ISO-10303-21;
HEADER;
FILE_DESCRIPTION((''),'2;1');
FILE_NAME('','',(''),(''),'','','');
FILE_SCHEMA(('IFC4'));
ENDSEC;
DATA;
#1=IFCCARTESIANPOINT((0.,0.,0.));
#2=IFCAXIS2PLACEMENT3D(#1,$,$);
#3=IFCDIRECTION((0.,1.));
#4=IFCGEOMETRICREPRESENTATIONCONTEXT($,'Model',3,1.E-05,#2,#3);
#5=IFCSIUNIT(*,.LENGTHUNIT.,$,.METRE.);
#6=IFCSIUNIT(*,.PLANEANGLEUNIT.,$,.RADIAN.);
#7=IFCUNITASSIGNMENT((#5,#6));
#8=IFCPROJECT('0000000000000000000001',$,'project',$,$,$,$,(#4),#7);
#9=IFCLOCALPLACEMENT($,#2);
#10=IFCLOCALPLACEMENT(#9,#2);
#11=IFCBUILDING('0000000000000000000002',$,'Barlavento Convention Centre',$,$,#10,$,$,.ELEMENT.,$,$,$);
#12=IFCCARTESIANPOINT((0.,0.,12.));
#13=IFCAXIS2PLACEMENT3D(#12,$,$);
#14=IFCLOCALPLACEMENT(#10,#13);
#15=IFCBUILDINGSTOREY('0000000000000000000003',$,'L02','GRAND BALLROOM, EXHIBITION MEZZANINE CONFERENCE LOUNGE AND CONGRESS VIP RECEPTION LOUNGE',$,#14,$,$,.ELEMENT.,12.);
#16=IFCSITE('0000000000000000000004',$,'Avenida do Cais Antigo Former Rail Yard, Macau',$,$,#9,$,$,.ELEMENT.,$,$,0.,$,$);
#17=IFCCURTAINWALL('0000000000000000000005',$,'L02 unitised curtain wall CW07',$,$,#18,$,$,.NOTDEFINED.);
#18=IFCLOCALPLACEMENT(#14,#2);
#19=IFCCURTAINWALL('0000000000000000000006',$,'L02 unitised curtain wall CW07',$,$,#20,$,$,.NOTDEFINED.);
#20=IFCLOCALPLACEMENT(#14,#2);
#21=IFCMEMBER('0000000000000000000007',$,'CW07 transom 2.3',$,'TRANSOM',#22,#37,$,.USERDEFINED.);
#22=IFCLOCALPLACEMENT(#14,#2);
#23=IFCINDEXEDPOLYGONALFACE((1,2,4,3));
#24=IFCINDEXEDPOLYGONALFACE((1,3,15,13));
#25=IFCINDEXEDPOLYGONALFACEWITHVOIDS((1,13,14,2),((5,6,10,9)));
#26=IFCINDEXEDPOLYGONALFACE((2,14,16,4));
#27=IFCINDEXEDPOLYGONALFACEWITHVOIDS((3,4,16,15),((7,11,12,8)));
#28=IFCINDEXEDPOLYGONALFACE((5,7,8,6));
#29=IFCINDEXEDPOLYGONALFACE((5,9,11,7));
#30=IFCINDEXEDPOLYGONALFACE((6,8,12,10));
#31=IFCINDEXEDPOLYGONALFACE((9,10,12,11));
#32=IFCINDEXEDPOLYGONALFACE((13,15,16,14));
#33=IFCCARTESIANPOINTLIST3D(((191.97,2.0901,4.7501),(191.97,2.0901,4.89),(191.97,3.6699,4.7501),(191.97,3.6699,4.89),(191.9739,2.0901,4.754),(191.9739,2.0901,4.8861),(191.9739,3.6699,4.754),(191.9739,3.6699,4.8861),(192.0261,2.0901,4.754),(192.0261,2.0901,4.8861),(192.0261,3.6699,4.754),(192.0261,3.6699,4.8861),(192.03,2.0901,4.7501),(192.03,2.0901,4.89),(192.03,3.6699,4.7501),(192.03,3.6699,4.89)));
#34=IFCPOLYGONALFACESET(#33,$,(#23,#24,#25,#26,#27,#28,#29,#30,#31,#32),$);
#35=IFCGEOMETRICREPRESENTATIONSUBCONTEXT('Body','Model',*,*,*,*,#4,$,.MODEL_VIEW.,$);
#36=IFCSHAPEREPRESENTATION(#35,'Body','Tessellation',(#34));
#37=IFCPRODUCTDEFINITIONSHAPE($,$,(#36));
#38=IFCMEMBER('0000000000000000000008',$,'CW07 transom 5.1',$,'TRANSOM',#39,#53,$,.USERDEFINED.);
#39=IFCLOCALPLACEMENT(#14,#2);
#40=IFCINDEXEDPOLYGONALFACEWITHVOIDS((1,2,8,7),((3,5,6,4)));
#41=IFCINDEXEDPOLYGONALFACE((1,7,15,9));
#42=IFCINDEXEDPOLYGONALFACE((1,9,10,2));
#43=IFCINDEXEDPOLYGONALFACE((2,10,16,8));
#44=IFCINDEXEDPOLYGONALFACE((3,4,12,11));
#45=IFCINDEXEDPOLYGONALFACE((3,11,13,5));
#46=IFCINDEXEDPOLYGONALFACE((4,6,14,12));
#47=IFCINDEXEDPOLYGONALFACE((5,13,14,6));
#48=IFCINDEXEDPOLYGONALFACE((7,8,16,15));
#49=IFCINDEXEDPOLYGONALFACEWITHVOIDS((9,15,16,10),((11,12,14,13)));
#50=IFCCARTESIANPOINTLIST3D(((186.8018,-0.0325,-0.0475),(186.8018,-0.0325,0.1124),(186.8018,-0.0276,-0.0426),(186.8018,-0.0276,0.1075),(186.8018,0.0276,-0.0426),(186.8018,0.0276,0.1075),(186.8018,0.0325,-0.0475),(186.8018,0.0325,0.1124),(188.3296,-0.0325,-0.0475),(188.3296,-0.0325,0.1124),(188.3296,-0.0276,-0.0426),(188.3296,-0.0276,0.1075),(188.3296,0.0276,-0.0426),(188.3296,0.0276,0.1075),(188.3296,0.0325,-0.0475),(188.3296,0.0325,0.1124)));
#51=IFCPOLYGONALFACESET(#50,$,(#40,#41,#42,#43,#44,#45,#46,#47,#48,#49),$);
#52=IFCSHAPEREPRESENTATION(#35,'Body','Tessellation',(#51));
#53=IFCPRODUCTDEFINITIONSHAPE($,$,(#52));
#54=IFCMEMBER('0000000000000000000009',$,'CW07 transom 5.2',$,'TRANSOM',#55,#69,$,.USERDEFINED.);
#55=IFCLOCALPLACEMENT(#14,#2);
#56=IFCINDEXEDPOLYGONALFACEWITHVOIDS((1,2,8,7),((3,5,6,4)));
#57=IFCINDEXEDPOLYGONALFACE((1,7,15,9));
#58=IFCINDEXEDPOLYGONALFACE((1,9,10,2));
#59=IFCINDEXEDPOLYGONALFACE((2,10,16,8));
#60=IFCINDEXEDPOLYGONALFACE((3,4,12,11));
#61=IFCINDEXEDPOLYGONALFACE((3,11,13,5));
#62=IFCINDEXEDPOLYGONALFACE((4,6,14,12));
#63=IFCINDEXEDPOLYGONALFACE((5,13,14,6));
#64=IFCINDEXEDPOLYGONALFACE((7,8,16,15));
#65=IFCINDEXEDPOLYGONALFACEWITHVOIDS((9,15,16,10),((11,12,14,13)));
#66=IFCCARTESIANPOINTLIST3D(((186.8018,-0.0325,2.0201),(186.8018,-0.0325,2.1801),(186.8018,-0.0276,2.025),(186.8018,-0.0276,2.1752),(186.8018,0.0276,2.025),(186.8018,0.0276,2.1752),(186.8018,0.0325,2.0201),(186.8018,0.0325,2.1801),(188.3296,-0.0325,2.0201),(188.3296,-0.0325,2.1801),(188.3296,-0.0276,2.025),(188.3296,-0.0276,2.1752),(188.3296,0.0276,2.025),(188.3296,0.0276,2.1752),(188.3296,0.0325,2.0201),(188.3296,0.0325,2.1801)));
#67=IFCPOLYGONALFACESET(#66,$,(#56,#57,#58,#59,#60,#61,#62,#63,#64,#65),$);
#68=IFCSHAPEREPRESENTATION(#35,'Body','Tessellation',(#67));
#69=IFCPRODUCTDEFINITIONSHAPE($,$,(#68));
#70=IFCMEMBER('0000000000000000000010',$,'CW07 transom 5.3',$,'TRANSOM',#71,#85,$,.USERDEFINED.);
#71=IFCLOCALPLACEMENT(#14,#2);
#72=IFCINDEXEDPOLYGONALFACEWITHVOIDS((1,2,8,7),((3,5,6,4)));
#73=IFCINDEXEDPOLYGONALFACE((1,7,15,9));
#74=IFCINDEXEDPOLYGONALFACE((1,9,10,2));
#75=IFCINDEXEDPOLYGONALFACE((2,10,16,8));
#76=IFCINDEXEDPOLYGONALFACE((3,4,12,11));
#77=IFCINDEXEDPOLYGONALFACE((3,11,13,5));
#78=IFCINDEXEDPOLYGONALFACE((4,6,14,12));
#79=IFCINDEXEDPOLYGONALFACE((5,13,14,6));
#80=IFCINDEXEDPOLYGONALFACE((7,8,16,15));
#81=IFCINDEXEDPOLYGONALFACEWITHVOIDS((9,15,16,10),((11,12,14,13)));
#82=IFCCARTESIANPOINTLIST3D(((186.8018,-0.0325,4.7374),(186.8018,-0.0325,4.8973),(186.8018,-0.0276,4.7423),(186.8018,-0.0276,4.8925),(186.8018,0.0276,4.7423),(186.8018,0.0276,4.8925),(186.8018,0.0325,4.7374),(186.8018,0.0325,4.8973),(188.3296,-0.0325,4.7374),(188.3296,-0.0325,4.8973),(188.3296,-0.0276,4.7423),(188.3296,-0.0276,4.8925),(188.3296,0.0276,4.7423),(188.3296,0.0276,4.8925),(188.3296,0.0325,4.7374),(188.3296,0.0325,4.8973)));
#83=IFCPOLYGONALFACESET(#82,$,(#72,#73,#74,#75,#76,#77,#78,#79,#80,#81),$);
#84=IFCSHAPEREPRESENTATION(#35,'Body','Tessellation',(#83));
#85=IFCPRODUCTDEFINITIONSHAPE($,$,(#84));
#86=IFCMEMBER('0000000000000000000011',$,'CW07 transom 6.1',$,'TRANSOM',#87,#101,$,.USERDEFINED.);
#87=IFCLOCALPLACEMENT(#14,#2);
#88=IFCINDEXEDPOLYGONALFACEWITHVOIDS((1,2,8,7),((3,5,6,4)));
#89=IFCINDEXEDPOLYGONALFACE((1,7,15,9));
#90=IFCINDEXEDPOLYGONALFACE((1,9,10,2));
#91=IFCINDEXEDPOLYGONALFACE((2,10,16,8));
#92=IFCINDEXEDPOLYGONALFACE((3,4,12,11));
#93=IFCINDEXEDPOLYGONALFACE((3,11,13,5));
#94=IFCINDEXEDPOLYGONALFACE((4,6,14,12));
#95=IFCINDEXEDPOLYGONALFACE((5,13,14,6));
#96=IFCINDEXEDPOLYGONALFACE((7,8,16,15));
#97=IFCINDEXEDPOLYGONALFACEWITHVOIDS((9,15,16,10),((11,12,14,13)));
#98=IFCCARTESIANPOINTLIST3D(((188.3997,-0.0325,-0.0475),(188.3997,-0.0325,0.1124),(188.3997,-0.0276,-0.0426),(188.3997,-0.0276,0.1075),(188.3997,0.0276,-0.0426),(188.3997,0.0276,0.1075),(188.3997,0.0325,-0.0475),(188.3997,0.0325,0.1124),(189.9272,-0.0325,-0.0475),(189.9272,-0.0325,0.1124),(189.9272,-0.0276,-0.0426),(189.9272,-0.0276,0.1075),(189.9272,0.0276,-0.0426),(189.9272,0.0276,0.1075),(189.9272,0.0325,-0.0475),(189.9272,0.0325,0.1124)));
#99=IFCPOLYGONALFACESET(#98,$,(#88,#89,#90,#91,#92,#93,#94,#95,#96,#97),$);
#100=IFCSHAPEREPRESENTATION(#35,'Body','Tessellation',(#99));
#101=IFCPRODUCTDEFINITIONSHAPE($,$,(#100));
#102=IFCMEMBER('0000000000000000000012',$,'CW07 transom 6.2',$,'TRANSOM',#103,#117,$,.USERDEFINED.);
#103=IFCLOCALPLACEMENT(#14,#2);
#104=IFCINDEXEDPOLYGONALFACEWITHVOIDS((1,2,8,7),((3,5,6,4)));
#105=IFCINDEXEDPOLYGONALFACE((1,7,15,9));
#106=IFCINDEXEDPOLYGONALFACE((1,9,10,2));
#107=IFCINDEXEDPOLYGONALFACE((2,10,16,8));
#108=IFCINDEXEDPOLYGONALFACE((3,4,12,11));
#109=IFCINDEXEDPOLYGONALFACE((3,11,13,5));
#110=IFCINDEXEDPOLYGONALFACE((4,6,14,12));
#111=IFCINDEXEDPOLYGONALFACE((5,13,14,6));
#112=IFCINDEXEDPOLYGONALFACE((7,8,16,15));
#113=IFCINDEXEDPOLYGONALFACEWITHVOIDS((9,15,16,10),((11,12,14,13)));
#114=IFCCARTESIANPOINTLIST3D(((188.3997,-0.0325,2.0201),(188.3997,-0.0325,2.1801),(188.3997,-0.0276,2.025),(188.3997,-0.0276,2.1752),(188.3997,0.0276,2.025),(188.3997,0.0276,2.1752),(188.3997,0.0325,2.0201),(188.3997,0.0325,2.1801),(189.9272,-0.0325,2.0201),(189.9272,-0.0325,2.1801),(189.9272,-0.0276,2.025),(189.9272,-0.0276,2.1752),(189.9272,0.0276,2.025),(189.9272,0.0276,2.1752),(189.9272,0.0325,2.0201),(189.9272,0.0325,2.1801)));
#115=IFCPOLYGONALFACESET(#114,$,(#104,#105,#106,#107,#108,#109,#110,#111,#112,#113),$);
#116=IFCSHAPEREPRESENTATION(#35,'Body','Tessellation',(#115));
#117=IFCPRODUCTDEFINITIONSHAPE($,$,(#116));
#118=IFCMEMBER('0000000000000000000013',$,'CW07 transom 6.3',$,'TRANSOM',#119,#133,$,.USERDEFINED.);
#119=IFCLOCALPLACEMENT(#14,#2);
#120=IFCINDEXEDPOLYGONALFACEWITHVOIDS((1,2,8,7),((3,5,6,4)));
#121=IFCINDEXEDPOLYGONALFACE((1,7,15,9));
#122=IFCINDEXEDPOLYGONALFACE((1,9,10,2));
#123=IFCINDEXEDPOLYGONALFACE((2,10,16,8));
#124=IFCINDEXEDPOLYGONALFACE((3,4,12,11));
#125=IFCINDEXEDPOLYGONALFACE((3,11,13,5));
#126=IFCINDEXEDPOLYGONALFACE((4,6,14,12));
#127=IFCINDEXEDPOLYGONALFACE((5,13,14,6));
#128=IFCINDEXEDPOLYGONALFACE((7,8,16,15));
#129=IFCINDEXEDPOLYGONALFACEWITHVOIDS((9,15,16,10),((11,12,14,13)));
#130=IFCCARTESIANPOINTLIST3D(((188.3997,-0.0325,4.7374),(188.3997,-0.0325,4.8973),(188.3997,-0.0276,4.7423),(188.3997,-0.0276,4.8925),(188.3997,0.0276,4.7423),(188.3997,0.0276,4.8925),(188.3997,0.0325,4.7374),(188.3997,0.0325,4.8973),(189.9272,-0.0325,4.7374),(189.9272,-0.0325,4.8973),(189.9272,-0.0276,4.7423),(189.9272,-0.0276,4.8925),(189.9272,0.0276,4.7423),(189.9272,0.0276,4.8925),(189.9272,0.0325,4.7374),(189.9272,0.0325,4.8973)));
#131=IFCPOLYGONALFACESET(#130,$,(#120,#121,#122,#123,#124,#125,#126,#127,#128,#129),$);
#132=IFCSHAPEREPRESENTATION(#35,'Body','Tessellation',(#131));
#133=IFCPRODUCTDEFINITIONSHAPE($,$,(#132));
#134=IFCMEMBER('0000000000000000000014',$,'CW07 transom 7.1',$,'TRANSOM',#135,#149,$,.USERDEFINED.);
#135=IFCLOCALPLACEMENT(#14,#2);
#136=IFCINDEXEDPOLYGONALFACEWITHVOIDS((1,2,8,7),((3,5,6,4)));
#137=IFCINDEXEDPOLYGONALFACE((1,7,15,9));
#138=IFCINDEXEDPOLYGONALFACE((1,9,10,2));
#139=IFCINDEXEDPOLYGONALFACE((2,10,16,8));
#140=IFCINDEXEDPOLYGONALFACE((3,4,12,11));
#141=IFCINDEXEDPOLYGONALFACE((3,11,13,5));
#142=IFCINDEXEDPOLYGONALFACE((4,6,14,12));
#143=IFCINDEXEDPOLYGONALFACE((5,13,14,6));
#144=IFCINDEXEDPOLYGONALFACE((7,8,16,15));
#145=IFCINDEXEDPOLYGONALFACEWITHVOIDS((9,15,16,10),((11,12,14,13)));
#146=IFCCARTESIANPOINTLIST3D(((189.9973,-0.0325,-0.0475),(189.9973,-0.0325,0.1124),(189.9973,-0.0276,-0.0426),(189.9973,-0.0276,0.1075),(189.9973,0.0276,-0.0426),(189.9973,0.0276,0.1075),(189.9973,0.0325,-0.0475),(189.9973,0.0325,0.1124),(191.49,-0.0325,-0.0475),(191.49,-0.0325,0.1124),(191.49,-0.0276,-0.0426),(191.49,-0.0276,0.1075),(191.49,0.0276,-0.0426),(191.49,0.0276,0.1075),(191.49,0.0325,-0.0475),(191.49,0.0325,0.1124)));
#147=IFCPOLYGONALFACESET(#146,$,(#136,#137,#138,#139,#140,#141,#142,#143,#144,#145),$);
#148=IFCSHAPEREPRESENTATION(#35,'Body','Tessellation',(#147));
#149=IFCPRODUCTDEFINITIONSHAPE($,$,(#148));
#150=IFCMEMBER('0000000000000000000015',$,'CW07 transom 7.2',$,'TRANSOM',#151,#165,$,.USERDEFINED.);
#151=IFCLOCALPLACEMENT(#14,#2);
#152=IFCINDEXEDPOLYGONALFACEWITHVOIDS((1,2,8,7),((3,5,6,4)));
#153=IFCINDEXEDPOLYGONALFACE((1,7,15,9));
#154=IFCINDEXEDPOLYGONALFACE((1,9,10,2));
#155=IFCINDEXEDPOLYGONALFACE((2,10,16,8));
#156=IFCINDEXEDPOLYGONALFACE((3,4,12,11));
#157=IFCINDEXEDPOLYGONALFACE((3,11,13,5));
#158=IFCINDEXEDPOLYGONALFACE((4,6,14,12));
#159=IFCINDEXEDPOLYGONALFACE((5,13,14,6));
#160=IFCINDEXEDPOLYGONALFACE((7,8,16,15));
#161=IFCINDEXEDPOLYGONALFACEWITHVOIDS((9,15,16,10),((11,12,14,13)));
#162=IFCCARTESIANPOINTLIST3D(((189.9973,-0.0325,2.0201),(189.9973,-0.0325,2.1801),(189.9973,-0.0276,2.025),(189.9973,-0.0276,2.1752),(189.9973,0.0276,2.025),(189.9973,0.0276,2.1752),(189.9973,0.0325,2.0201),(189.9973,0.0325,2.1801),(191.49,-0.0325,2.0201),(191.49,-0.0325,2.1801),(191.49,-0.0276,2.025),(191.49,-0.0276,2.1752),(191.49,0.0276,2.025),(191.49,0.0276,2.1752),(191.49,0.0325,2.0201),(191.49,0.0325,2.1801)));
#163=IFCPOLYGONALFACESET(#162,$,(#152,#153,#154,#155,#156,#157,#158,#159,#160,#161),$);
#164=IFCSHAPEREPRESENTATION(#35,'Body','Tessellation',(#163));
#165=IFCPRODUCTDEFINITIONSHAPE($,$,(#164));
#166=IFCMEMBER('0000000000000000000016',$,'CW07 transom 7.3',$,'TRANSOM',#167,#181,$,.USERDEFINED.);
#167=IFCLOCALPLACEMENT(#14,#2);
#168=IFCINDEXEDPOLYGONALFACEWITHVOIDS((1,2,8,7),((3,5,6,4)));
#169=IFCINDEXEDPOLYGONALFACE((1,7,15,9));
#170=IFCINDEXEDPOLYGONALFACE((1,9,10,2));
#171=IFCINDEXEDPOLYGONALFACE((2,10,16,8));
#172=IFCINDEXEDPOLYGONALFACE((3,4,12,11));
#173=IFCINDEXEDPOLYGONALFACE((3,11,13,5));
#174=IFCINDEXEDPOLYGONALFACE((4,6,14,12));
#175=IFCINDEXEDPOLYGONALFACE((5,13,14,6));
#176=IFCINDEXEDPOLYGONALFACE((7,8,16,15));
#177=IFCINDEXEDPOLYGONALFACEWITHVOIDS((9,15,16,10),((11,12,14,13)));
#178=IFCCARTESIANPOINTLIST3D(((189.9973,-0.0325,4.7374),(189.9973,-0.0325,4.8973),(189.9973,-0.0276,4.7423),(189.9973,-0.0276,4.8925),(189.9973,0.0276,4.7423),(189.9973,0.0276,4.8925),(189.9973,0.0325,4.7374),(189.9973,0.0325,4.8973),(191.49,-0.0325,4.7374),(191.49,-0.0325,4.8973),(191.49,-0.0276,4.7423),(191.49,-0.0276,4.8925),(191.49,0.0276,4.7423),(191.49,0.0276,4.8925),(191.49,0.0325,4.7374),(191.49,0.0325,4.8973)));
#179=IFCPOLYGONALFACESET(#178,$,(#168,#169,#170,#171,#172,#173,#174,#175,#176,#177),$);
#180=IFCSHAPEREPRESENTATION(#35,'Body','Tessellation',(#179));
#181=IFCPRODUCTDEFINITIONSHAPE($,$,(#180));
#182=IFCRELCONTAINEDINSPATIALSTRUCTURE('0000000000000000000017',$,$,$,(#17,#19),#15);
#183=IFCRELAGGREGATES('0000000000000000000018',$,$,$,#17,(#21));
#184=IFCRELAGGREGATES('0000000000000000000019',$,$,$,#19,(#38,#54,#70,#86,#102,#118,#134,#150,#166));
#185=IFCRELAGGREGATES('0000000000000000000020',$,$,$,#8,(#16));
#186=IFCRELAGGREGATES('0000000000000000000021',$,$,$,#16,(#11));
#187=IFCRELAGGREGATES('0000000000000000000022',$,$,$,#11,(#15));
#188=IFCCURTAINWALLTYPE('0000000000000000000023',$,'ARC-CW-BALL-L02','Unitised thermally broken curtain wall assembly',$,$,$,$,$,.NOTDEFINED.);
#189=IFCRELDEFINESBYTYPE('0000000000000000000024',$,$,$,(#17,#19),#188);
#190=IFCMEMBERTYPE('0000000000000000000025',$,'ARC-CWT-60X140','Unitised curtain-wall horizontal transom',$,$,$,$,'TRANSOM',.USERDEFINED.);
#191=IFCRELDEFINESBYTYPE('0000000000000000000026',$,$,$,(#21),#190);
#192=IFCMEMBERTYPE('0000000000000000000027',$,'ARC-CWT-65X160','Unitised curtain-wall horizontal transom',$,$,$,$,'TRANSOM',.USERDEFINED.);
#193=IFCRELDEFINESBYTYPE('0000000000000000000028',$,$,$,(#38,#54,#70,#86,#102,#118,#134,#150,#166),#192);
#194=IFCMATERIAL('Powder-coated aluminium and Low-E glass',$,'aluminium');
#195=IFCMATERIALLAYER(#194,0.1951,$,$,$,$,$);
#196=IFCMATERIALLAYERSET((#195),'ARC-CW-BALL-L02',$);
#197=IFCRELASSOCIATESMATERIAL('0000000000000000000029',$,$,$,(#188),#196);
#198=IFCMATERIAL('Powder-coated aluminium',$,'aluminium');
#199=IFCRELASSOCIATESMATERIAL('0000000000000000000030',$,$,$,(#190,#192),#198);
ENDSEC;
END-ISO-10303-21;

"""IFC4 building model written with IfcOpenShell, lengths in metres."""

from ifc_helpers import new_model, si_unit, direction, frame, origin, origin_2d, place, context, subcontext, project, spatial, hollow_rectangle, extrude, material, layer, layer_set, material_profile, profile_set, type_object, element, aggregate, save


model = new_model("IFC4")

# Units and contexts
model_context = context("Model", 3, precision=1e-05, world=origin(), true_north=direction((0.0, 1.0)))
body_context = subcontext(model_context, "Body", "Model", "MODEL_VIEW")
ifc_project = project(units=[si_unit("LENGTHUNIT", "METRE"), si_unit("PLANEANGLEUNIT", "RADIAN")], contexts=[model_context])

# Site, building, storey
site_placement = place(None, origin())
site = spatial("IfcSite", under=ifc_project, at=site_placement, Name="Avenida do Cais Antigo Former Rail Yard, Macau", CompositionType="ELEMENT", RefElevation=0.0)
building_placement = place(site_placement, origin())
building = spatial("IfcBuilding", under=site, at=building_placement, Name="Barlavento Convention Centre", CompositionType="ELEMENT")
storey_placement = place(building_placement, frame((0.0, 0.0, 12.0)))
storey = spatial("IfcBuildingStorey", under=building, at=storey_placement, Name="L02", Description="GRAND BALLROOM, EXHIBITION MEZZANINE CONFERENCE LOUNGE AND CONGRESS VIP RECEPTION LOUNGE", CompositionType="ELEMENT", Elevation=12.0)

# Curtain walls
ifc_material_1 = material(Name="Powder-coated aluminium and Low-E glass", Category="aluminium")
ifc_layer_1 = layer(ifc_material_1, 0.1951)
ifc_layer_set_1 = layer_set([ifc_layer_1], Name="ARC-CW-BALL-L02")
curtain_wall_type = type_object("IfcCurtainWallType", Name="ARC-CW-BALL-L02", Description="Unitised thermally broken curtain wall assembly", PredefinedType="NOTDEFINED", material=ifc_layer_set_1)
curtain_wall_1_placement = place(storey_placement, origin())
curtain_wall_1 = element("IfcCurtainWall", 1, at=curtain_wall_1_placement, inside=storey, type_object=curtain_wall_type, Name="L02 unitised curtain wall CW07", PredefinedType="NOTDEFINED")
ifc_material_2 = material(Name="Powder-coated aluminium", Category="aluminium")
curtain_wall_2_placement = place(storey_placement, origin())
curtain_wall_2 = element("IfcCurtainWall", 2, at=curtain_wall_2_placement, inside=storey, type_object=curtain_wall_type, Name="L02 unitised curtain wall CW07", PredefinedType="NOTDEFINED")

# Members
ifc_material_profile_1 = material_profile(ifc_material_2, hollow_rectangle(XDim=0.0601, YDim=0.1399, WallThickness=0.0039, at=origin_2d()), Name="AL-TRAN 60x140x4")
ifc_profile_set_1 = profile_set([ifc_material_profile_1], Name="Powder-coated aluminium")
member_type_1 = type_object("IfcMemberType", Name="ARC-CWT-60X140", Description="Unitised curtain-wall horizontal transom", ElementType="TRANSOM", PredefinedType="USERDEFINED", material=ifc_profile_set_1)
member_1_placement = place(storey_placement, frame((192.0, 2.0901, 4.8201), z_axis=(0.0, 1.0, 0.0), x_axis=(-1.0, 0.0, 0.0)))
member_1 = element("IfcMember", 3, at=member_1_placement, type_object=member_type_1, Name="CW07 transom 2.3", ObjectType="TRANSOM", PredefinedType="USERDEFINED", context=body_context, shape_type="SweptSolid", body=[
    extrude(hollow_rectangle(XDim=0.0601, YDim=0.1399, WallThickness=0.0039, at=origin_2d()), origin(), (0.0, 0.0, 1.0), 1.5798),
])
ifc_material_profile_2 = material_profile(ifc_material_2, hollow_rectangle(XDim=0.0649, YDim=0.1599, WallThickness=0.0049, at=origin_2d()), Name="AL-TRAN 65x160x5")
ifc_profile_set_2 = profile_set([ifc_material_profile_2], Name="Powder-coated aluminium")
member_type_2 = type_object("IfcMemberType", Name="ARC-CWT-65X160", Description="Unitised curtain-wall horizontal transom", ElementType="TRANSOM", PredefinedType="USERDEFINED", material=ifc_profile_set_2)
member_2_placement = place(storey_placement, frame((186.8018, 0.0, 0.0325), z_axis=(1.0, 0.0, 0.0), x_axis=(0.0, 1.0, 0.0)))
member_2 = element("IfcMember", 4, at=member_2_placement, type_object=member_type_2, Name="CW07 transom 5.1", ObjectType="TRANSOM", PredefinedType="USERDEFINED", context=body_context, shape_type="SweptSolid", body=[
    extrude(hollow_rectangle(XDim=0.0649, YDim=0.1599, WallThickness=0.0049, at=origin_2d()), origin(), (0.0, 0.0, 1.0), 1.5278),
])
member_3_placement = place(storey_placement, frame((186.8018, 0.0, 2.1001), z_axis=(1.0, 0.0, 0.0), x_axis=(0.0, 1.0, 0.0)))
member_3 = element("IfcMember", 5, at=member_3_placement, type_object=member_type_2, Name="CW07 transom 5.2", ObjectType="TRANSOM", PredefinedType="USERDEFINED", context=body_context, shape_type="SweptSolid", body=[
    extrude(hollow_rectangle(XDim=0.0649, YDim=0.1599, WallThickness=0.0049, at=origin_2d()), origin(), (0.0, 0.0, 1.0), 1.5278),
])
member_4_placement = place(storey_placement, frame((186.8018, 0.0, 4.8174), z_axis=(1.0, 0.0, 0.0), x_axis=(0.0, 1.0, 0.0)))
member_4 = element("IfcMember", 6, at=member_4_placement, type_object=member_type_2, Name="CW07 transom 5.3", ObjectType="TRANSOM", PredefinedType="USERDEFINED", context=body_context, shape_type="SweptSolid", body=[
    extrude(hollow_rectangle(XDim=0.0649, YDim=0.1599, WallThickness=0.0049, at=origin_2d()), origin(), (0.0, 0.0, 1.0), 1.5278),
])
member_5_placement = place(storey_placement, frame((188.3997, 0.0, 0.0325), z_axis=(1.0, 0.0, 0.0), x_axis=(0.0, 1.0, 0.0)))
member_5 = element("IfcMember", 7, at=member_5_placement, type_object=member_type_2, Name="CW07 transom 6.1", ObjectType="TRANSOM", PredefinedType="USERDEFINED", context=body_context, shape_type="SweptSolid", body=[
    extrude(hollow_rectangle(XDim=0.0649, YDim=0.1599, WallThickness=0.0049, at=origin_2d()), origin(), (0.0, 0.0, 1.0), 1.5276),
])
member_6_placement = place(storey_placement, frame((188.3997, 0.0, 2.1001), z_axis=(1.0, 0.0, 0.0), x_axis=(0.0, 1.0, 0.0)))
member_6 = element("IfcMember", 8, at=member_6_placement, type_object=member_type_2, Name="CW07 transom 6.2", ObjectType="TRANSOM", PredefinedType="USERDEFINED", context=body_context, shape_type="SweptSolid", body=[
    extrude(hollow_rectangle(XDim=0.0649, YDim=0.1599, WallThickness=0.0049, at=origin_2d()), origin(), (0.0, 0.0, 1.0), 1.5276),
])
member_7_placement = place(storey_placement, frame((188.3997, 0.0, 4.8174), z_axis=(1.0, 0.0, 0.0), x_axis=(0.0, 1.0, 0.0)))
member_7 = element("IfcMember", 9, at=member_7_placement, type_object=member_type_2, Name="CW07 transom 6.3", ObjectType="TRANSOM", PredefinedType="USERDEFINED", context=body_context, shape_type="SweptSolid", body=[
    extrude(hollow_rectangle(XDim=0.0649, YDim=0.1599, WallThickness=0.0049, at=origin_2d()), origin(), (0.0, 0.0, 1.0), 1.5276),
])
member_8_placement = place(storey_placement, frame((189.9973, 0.0, 0.0325), z_axis=(1.0, 0.0, 0.0), x_axis=(0.0, 1.0, 0.0)))
member_8 = element("IfcMember", 10, at=member_8_placement, type_object=member_type_2, Name="CW07 transom 7.1", ObjectType="TRANSOM", PredefinedType="USERDEFINED", context=body_context, shape_type="SweptSolid", body=[
    extrude(hollow_rectangle(XDim=0.0649, YDim=0.1599, WallThickness=0.0049, at=origin_2d()), origin(), (0.0, 0.0, 1.0), 1.4927),
])
member_9_placement = place(storey_placement, frame((189.9973, 0.0, 2.1001), z_axis=(1.0, 0.0, 0.0), x_axis=(0.0, 1.0, 0.0)))
member_9 = element("IfcMember", 11, at=member_9_placement, type_object=member_type_2, Name="CW07 transom 7.2", ObjectType="TRANSOM", PredefinedType="USERDEFINED", context=body_context, shape_type="SweptSolid", body=[
    extrude(hollow_rectangle(XDim=0.0649, YDim=0.1599, WallThickness=0.0049, at=origin_2d()), origin(), (0.0, 0.0, 1.0), 1.4927),
])
member_10_placement = place(storey_placement, frame((189.9973, 0.0, 4.8174), z_axis=(1.0, 0.0, 0.0), x_axis=(0.0, 1.0, 0.0)))
member_10 = element("IfcMember", 12, at=member_10_placement, type_object=member_type_2, Name="CW07 transom 7.3", ObjectType="TRANSOM", PredefinedType="USERDEFINED", context=body_context, shape_type="SweptSolid", body=[
    extrude(hollow_rectangle(XDim=0.0649, YDim=0.1599, WallThickness=0.0049, at=origin_2d()), origin(), (0.0, 0.0, 1.0), 1.4927),
])

aggregate(curtain_wall_1, [member_1])
aggregate(curtain_wall_2, [member_2, member_3, member_4, member_5, member_6, member_7, member_8, member_9, member_10])

save(model, "model.ifc")
